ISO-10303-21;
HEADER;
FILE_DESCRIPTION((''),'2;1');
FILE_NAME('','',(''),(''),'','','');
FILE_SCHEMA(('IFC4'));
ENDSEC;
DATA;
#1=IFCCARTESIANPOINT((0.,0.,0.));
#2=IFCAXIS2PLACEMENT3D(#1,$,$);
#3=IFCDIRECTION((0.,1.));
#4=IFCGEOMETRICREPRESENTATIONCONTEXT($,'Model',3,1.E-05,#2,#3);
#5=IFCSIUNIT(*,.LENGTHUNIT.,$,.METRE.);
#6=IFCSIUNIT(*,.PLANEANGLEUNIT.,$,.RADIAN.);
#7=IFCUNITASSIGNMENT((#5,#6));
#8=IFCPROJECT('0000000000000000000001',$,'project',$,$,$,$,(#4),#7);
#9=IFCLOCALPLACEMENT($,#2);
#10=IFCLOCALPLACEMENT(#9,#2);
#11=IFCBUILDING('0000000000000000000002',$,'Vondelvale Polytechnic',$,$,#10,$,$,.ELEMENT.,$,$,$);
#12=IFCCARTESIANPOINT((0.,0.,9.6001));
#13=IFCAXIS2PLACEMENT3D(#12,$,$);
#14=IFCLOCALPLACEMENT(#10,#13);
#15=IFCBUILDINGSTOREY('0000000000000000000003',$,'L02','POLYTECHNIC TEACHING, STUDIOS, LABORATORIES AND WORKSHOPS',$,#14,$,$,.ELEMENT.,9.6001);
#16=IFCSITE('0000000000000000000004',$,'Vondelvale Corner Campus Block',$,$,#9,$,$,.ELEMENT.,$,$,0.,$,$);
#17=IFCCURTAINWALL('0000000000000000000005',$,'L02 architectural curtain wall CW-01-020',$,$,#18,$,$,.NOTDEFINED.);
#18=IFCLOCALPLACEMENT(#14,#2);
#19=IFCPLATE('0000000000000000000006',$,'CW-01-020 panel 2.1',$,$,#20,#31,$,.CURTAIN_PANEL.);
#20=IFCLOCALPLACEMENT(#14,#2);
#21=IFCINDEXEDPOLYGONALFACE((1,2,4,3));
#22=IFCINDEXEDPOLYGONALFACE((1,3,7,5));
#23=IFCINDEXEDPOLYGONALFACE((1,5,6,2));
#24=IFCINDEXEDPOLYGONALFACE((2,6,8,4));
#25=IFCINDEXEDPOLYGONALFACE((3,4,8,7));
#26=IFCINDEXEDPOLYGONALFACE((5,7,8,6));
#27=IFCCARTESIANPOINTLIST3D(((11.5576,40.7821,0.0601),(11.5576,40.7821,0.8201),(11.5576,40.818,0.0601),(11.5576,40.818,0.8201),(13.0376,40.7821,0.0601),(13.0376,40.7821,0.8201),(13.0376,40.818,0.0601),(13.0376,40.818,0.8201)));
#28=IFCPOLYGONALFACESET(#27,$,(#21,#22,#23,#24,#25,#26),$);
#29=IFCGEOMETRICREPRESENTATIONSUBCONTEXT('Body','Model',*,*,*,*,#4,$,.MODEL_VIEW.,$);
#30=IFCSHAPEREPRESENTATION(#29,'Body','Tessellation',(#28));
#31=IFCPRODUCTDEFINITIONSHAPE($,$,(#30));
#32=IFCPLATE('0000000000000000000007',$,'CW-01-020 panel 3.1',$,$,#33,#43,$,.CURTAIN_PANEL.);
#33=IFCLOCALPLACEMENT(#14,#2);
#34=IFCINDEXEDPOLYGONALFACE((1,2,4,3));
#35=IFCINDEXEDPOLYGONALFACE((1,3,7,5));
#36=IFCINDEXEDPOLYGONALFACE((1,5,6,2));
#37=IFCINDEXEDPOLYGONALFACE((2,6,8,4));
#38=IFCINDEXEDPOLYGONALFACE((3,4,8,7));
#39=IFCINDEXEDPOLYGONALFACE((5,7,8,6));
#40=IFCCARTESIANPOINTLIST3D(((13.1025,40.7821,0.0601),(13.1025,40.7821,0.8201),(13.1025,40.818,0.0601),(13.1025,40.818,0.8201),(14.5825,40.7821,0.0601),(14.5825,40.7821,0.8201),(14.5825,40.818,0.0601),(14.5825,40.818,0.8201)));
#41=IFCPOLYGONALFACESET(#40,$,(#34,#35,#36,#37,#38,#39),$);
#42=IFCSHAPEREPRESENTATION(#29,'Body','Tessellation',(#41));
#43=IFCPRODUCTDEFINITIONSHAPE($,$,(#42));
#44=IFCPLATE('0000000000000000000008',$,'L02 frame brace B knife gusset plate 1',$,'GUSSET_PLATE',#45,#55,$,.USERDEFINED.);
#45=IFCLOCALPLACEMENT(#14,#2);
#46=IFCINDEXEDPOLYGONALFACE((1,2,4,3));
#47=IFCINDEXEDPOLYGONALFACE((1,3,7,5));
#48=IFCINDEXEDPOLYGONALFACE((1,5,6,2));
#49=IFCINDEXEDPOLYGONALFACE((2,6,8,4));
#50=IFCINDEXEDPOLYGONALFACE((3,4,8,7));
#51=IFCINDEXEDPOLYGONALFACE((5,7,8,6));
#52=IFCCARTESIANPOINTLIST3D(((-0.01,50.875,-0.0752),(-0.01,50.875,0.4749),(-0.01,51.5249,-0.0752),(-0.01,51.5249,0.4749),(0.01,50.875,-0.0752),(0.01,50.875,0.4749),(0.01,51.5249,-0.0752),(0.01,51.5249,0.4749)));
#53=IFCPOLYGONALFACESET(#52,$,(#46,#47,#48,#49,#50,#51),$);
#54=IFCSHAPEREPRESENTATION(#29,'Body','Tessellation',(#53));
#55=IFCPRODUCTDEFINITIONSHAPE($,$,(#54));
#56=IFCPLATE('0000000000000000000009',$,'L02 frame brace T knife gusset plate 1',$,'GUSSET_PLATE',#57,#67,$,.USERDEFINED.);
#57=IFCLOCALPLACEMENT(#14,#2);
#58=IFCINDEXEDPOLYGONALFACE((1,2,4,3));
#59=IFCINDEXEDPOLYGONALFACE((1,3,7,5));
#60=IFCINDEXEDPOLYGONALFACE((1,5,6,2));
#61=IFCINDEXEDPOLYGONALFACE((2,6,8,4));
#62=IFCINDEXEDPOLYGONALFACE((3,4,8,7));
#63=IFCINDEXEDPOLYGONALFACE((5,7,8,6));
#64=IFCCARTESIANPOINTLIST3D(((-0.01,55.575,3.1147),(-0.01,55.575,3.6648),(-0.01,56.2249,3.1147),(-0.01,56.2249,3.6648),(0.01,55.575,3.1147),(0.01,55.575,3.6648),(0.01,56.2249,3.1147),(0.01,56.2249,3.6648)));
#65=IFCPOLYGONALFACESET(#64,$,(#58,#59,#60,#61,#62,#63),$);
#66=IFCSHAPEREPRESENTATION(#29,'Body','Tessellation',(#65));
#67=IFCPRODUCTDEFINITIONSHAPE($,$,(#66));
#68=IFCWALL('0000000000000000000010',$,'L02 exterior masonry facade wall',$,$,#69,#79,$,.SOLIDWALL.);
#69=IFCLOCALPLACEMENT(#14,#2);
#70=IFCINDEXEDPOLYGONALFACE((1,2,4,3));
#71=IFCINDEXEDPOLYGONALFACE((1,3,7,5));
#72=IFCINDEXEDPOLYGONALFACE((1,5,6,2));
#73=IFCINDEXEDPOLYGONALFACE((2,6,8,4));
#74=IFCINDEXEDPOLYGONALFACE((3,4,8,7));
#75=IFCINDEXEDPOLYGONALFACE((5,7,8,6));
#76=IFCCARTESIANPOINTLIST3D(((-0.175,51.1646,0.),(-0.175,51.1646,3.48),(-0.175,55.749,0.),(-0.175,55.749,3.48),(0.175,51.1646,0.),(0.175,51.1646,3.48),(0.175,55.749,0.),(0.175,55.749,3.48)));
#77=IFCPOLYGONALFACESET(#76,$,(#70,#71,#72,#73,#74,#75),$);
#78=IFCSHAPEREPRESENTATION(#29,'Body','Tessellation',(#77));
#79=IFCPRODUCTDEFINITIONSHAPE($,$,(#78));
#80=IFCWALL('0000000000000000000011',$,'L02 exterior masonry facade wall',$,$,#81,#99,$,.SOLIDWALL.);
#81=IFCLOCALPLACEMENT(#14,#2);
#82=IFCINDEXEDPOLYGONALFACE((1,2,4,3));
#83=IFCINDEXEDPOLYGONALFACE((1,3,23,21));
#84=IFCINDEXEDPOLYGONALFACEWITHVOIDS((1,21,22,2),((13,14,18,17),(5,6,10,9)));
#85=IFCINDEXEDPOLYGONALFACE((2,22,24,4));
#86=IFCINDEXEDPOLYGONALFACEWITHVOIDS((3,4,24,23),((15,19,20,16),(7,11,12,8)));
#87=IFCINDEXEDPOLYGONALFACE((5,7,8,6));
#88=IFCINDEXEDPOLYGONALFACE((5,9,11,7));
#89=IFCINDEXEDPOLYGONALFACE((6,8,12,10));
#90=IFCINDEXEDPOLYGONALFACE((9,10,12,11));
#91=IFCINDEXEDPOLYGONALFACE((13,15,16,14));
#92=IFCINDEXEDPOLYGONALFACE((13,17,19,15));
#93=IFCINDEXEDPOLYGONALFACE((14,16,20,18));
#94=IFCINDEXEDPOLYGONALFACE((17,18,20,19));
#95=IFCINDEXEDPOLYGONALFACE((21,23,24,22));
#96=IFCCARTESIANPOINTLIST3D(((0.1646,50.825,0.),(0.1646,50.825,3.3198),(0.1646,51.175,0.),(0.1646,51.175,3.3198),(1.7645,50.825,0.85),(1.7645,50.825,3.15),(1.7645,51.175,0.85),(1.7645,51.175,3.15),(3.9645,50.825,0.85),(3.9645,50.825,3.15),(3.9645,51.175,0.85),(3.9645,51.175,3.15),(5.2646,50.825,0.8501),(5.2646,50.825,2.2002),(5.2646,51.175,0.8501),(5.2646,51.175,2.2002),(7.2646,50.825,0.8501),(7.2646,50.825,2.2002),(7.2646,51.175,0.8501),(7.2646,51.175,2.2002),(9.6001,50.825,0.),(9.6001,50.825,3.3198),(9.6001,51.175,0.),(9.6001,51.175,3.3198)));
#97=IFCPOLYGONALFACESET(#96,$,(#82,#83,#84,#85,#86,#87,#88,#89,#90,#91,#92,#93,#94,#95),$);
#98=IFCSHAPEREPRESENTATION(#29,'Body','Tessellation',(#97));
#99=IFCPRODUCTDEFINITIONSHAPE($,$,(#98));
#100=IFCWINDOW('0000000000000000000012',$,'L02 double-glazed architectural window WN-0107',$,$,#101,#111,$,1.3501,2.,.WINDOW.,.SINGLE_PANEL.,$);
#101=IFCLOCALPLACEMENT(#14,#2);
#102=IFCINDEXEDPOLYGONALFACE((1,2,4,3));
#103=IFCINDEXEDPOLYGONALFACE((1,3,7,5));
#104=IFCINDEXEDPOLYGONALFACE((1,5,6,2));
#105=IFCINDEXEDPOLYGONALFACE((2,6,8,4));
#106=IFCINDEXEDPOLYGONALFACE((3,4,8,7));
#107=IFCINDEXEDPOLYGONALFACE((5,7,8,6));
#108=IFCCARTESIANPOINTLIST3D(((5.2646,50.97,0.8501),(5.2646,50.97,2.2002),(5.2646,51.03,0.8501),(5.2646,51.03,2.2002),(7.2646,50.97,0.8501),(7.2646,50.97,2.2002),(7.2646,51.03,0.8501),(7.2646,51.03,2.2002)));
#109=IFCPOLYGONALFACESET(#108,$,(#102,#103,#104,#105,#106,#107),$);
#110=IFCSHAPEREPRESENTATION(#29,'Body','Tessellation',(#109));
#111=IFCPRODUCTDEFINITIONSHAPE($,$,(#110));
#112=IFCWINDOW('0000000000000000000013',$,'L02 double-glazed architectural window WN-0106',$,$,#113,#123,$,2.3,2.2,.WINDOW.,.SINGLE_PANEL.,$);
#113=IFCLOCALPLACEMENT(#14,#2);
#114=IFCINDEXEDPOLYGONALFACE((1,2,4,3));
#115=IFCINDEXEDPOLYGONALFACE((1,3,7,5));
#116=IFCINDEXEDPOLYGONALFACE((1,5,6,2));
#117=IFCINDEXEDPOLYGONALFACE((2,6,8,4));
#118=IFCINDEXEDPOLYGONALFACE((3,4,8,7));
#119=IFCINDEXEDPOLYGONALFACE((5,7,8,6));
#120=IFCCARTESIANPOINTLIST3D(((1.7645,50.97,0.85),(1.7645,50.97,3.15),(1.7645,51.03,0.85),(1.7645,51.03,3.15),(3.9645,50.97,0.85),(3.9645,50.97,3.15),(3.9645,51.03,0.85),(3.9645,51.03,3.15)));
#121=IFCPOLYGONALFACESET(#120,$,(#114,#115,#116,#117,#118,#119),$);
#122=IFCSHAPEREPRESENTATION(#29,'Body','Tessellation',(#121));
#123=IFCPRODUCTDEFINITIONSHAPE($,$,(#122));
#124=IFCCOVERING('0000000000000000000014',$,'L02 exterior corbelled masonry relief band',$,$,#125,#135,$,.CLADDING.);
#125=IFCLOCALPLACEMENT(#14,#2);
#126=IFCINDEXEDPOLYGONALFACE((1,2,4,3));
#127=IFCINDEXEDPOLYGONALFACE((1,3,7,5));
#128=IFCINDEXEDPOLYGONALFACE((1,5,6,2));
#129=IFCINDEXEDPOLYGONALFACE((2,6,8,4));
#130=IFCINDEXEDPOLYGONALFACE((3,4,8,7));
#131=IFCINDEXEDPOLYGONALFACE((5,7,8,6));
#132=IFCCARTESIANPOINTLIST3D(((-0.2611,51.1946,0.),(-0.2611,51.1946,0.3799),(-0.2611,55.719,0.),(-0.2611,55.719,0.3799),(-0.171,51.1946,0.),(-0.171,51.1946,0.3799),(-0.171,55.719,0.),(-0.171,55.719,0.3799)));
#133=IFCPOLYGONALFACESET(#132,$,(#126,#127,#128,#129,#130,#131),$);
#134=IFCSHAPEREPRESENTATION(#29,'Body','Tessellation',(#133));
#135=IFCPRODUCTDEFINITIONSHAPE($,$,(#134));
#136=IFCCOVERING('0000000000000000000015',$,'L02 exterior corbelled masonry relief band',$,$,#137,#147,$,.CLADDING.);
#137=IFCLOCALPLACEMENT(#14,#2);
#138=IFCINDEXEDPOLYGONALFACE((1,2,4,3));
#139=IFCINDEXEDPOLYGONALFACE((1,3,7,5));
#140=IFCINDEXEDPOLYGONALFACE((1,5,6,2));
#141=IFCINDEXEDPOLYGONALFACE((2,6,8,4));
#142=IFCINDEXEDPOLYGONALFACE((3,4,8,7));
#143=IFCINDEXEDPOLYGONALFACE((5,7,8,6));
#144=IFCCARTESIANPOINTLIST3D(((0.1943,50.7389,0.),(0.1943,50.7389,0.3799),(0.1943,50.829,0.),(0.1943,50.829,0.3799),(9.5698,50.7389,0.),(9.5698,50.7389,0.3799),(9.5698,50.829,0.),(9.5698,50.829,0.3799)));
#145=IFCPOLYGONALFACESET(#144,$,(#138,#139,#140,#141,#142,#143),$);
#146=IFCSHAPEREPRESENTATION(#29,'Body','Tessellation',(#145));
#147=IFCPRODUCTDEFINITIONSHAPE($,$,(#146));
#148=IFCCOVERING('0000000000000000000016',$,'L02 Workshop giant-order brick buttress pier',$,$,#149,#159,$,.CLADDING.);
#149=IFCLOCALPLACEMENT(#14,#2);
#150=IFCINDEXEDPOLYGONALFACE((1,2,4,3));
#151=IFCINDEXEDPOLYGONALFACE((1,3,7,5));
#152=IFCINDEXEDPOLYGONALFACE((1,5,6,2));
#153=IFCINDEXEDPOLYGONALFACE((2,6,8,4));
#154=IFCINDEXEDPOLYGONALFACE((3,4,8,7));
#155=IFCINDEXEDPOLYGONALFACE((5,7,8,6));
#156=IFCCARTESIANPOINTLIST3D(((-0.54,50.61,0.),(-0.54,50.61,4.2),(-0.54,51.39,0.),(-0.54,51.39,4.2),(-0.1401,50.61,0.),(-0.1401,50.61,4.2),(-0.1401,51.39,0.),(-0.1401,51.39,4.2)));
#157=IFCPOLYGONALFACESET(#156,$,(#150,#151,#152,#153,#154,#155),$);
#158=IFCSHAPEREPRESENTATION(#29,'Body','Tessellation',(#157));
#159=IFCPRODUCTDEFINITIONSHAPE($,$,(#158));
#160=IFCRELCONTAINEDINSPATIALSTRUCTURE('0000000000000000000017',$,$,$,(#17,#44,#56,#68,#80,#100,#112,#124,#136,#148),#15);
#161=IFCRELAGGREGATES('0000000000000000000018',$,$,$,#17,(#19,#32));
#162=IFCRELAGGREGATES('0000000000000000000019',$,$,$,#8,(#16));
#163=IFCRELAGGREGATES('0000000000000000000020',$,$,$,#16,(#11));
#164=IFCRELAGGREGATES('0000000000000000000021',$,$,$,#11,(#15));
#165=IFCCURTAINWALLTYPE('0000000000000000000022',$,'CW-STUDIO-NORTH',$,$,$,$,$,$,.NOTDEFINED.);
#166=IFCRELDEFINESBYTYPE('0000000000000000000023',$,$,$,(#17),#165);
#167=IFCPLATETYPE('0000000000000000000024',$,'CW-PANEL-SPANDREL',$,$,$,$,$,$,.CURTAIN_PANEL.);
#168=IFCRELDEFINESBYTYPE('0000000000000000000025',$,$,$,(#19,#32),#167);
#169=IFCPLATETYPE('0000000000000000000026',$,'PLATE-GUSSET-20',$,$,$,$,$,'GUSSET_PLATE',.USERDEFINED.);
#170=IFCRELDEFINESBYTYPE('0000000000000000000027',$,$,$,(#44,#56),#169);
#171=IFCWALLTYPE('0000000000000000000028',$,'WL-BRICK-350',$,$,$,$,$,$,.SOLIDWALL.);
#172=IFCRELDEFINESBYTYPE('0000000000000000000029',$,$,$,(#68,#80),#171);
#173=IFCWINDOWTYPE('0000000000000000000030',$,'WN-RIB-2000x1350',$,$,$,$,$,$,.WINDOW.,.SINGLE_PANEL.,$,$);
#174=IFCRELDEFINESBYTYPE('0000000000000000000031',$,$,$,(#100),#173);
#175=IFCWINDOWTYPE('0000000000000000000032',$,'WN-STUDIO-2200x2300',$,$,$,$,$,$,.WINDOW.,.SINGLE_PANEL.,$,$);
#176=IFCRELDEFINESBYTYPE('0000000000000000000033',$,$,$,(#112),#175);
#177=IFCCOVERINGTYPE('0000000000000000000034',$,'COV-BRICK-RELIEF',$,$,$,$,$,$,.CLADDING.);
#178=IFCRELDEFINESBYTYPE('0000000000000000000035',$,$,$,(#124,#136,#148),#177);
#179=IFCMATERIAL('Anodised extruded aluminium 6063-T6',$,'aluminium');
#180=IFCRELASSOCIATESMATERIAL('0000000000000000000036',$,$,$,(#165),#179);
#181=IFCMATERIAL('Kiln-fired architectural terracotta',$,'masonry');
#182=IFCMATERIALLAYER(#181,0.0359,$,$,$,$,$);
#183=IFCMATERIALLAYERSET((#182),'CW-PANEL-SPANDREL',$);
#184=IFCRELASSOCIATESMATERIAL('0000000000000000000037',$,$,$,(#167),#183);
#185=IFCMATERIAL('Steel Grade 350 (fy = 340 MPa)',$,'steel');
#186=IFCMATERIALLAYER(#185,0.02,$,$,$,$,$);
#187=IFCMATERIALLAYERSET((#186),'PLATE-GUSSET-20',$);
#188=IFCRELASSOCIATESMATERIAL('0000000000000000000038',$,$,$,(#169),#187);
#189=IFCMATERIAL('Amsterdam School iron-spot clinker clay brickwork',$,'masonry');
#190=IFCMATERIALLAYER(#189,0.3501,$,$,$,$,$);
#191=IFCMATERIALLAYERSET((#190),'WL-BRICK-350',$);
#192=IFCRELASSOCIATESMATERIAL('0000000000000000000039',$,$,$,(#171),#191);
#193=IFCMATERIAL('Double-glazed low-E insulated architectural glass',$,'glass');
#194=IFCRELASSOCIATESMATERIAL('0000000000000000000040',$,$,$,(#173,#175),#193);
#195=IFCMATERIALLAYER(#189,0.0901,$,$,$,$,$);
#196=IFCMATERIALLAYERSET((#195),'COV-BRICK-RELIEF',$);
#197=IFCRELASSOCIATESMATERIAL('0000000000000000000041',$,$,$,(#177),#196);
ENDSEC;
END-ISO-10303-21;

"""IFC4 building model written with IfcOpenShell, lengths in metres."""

from ifc_helpers import new_model, si_unit, direction, frame, frame_2d, origin, origin_2d, place, context, subcontext, project, spatial, rectangle, extrude, material, layer, layer_set, type_object, element, fill, aggregate, save


model = new_model("IFC4")

# Units and contexts
model_context = context("Model", 3, precision=1e-05, world=origin(), true_north=direction((0.0, 1.0)))
body_context = subcontext(model_context, "Body", "Model", "MODEL_VIEW")
ifc_project = project(units=[si_unit("LENGTHUNIT", "METRE"), si_unit("PLANEANGLEUNIT", "RADIAN")], contexts=[model_context])

# Site, building, storey
site_placement = place(None, origin())
site = spatial("IfcSite", under=ifc_project, at=site_placement, Name="Vondelvale Corner Campus Block", CompositionType="ELEMENT", RefElevation=0.0)
building_placement = place(site_placement, origin())
building = spatial("IfcBuilding", under=site, at=building_placement, Name="Vondelvale Polytechnic", CompositionType="ELEMENT")
storey_placement = place(building_placement, frame((0.0, 0.0, 9.6001)))
storey = spatial("IfcBuildingStorey", under=building, at=storey_placement, Name="L02", Description="POLYTECHNIC TEACHING, STUDIOS, LABORATORIES AND WORKSHOPS", CompositionType="ELEMENT", Elevation=9.6001)

# Curtain wall
ifc_material_1 = material(Name="Anodised extruded aluminium 6063-T6", Category="aluminium")
curtain_wall_type = type_object("IfcCurtainWallType", Name="CW-STUDIO-NORTH", PredefinedType="NOTDEFINED", material=ifc_material_1)
curtain_wall_placement = place(storey_placement, origin())
curtain_wall = element("IfcCurtainWall", 1, at=curtain_wall_placement, inside=storey, type_object=curtain_wall_type, Name="L02 architectural curtain wall CW-01-020", PredefinedType="NOTDEFINED")

# Plates
ifc_material_2 = material(Name="Double-glazed low-E insulated architectural glass", Category="glass")
ifc_material_3 = material(Name="Kiln-fired architectural terracotta", Category="masonry")
ifc_layer_1 = layer(ifc_material_3, 0.0359)
ifc_layer_set_1 = layer_set([ifc_layer_1], Name="CW-PANEL-SPANDREL")
plate_type_1 = type_object("IfcPlateType", Name="CW-PANEL-SPANDREL", PredefinedType="CURTAIN_PANEL", material=ifc_layer_set_1)
plate_1_placement = place(storey_placement, frame((12.2976, 40.8, 0.0601), z_axis=(0.0, 0.0, 1.0), x_axis=(1.0, 0.0, 0.0)))
plate_1 = element("IfcPlate", 2, at=plate_1_placement, type_object=plate_type_1, Name="CW-01-020 panel 2.1", PredefinedType="CURTAIN_PANEL", context=body_context, shape_type="SweptSolid", body=[
    extrude(rectangle(XDim=1.48, YDim=0.0359, at=origin_2d()), origin(), (0.0, 0.0, 1.0), 0.76),
])
plate_2_placement = place(storey_placement, frame((13.8425, 40.8, 0.0601), z_axis=(0.0, 0.0, 1.0), x_axis=(1.0, 0.0, 0.0)))
plate_2 = element("IfcPlate", 3, at=plate_2_placement, type_object=plate_type_1, Name="CW-01-020 panel 3.1", PredefinedType="CURTAIN_PANEL", context=body_context, shape_type="SweptSolid", body=[
    extrude(rectangle(XDim=1.48, YDim=0.0359, at=origin_2d()), origin(), (0.0, 0.0, 1.0), 0.76),
])
aggregate(curtain_wall, [plate_1, plate_2])

# Plates
ifc_material_4 = material(Name="Steel Grade 350 (fy = 340 MPa)", Category="steel")
ifc_layer_2 = layer(ifc_material_4, 0.02)
ifc_layer_set_2 = layer_set([ifc_layer_2], Name="PLATE-GUSSET-20")
plate_type_2 = type_object("IfcPlateType", Name="PLATE-GUSSET-20", ElementType="GUSSET_PLATE", PredefinedType="USERDEFINED", material=ifc_layer_set_2)
for number, where, z_axis, x_axis, name in (
    (4, (0.0, 51.2, -0.0752), (0.0, 0.0, 1.0), (1.0, 0.0, 0.0), "L02 frame brace B knife gusset plate 1"),
    (5, (0.0, 55.8999, 3.1147), (0.0, 0.0, 1.0), (1.0, 0.0, 0.0), "L02 frame brace T knife gusset plate 1"),
):
    element("IfcPlate", number, at=place(storey_placement, frame(where, z_axis=z_axis, x_axis=x_axis)), inside=storey, type_object=plate_type_2, Name=name, ObjectType="GUSSET_PLATE", PredefinedType="USERDEFINED", context=body_context, shape_type="SweptSolid", body=[
        extrude(rectangle(XDim=0.02, YDim=0.6499, at=origin_2d()), origin(), (0.0, 0.0, 1.0), 0.55),
    ])

# Wall
ifc_material_5 = material(Name="Amsterdam School iron-spot clinker clay brickwork", Category="masonry")
ifc_layer_3 = layer(ifc_material_5, 0.3501)
ifc_layer_set_3 = layer_set([ifc_layer_3], Name="WL-BRICK-350")
wall_type = type_object("IfcWallType", Name="WL-BRICK-350", PredefinedType="SOLIDWALL", material=ifc_layer_set_3)
wall_1_placement = place(storey_placement, frame((0.0, 51.1646, 0.0), z_axis=(0.0, 0.0, 1.0), x_axis=(0.0, 1.0, 0.0)))
element("IfcWall", 6, at=wall_1_placement, inside=storey, type_object=wall_type, Name="L02 exterior masonry facade wall", PredefinedType="SOLIDWALL", context=body_context, shape_type="SweptSolid", body=[
    extrude(rectangle(XDim=4.5845, YDim=0.3501, at=frame_2d((2.2922, 0.0))), origin(), (0.0, 0.0, 1.0), 3.48),
])

# Wall, openings, windows
wall_2_placement = place(storey_placement, frame((9.6001, 51.0, 0.0), z_axis=(0.0, 0.0, 1.0), x_axis=(-1.0, 0.0, 0.0)))
wall_2 = element("IfcWall", 7, at=wall_2_placement, inside=storey, type_object=wall_type, Name="L02 exterior masonry facade wall", PredefinedType="SOLIDWALL", context=body_context, shape_type="SweptSolid", body=[
    extrude(rectangle(XDim=9.4355, YDim=0.3501, at=frame_2d((4.7178, 0.0))), origin(), (0.0, 0.0, 1.0), 3.3198),
])
opening_1_placement = place(wall_2_placement, frame((5.6355, 0.0, 0.8501)))
opening_1 = element("IfcOpeningElement", 8, at=opening_1_placement, cuts=wall_2, PredefinedType="OPENING", context=body_context, shape_type="SweptSolid", body=[
    extrude(rectangle(XDim=2.2, YDim=2.3, at=frame_2d((1.1001, 1.1499))), frame((0.0, 0.1851, 0.0), z_axis=(0.0, -1.0, 0.0), x_axis=(1.0, 0.0, 0.0)), (0.0, 0.0, 1.0), 0.3701),
])
opening_2_placement = place(wall_2_placement, frame((2.3354, 0.0, 0.8501)))
opening_2 = element("IfcOpeningElement", 9, at=opening_2_placement, cuts=wall_2, PredefinedType="OPENING", context=body_context, shape_type="SweptSolid", body=[
    extrude(rectangle(XDim=2.0, YDim=1.3501, at=frame_2d((1.0, 0.675))), frame((0.0, 0.1851, 0.0), z_axis=(0.0, -1.0, 0.0), x_axis=(1.0, 0.0, 0.0)), (0.0, 0.0, 1.0), 0.3701),
])
window_type_1 = type_object("IfcWindowType", Name="WN-RIB-2000x1350", PartitioningType="SINGLE_PANEL", PredefinedType="WINDOW", material=ifc_material_2)
window_1_placement = place(opening_2_placement, origin())
window_1 = element("IfcWindow", 10, at=window_1_placement, inside=storey, type_object=window_type_1, Name="L02 double-glazed architectural window WN-0107", OverallHeight=1.3501, OverallWidth=2.0, PartitioningType="SINGLE_PANEL", PredefinedType="WINDOW", context=body_context, shape_type="SweptSolid", body=[
    extrude(rectangle(XDim=2.0, YDim=1.3501, at=frame_2d((1.0, 0.675))), frame((0.0, 0.03, 0.0), z_axis=(0.0, -1.0, 0.0), x_axis=(1.0, 0.0, 0.0)), (0.0, 0.0, 1.0), 0.0601),
])
fill(opening_2, window_1)
window_type_2 = type_object("IfcWindowType", Name="WN-STUDIO-2200x2300", PartitioningType="SINGLE_PANEL", PredefinedType="WINDOW", material=ifc_material_2)
window_2_placement = place(opening_1_placement, origin())
window_2 = element("IfcWindow", 11, at=window_2_placement, inside=storey, type_object=window_type_2, Name="L02 double-glazed architectural window WN-0106", OverallHeight=2.3, OverallWidth=2.2, PartitioningType="SINGLE_PANEL", PredefinedType="WINDOW", context=body_context, shape_type="SweptSolid", body=[
    extrude(rectangle(XDim=2.2, YDim=2.3, at=frame_2d((1.1001, 1.1499))), frame((0.0, 0.03, 0.0), z_axis=(0.0, -1.0, 0.0), x_axis=(1.0, 0.0, 0.0)), (0.0, 0.0, 1.0), 0.0601),
])
fill(opening_1, window_2)

# Coverings
ifc_layer_4 = layer(ifc_material_5, 0.0901)
ifc_layer_set_4 = layer_set([ifc_layer_4], Name="COV-BRICK-RELIEF")
covering_type = type_object("IfcCoveringType", Name="COV-BRICK-RELIEF", PredefinedType="CLADDING", material=ifc_layer_set_4)
covering_1_placement = place(storey_placement, frame((-0.2161, 53.4568, 0.0), z_axis=(0.0, 0.0, 1.0), x_axis=(0.0, 1.0, 0.0)))
element("IfcCovering", 12, at=covering_1_placement, inside=storey, type_object=covering_type, Name="L02 exterior corbelled masonry relief band", PredefinedType="CLADDING", context=body_context, shape_type="SweptSolid", body=[
    extrude(rectangle(XDim=4.5244, YDim=0.0901, at=origin_2d()), origin(), (0.0, 0.0, 1.0), 0.3799),
])
covering_2_placement = place(storey_placement, frame((4.8821, 50.7839, 0.0), z_axis=(0.0, 0.0, 1.0), x_axis=(-1.0, 0.0, 0.0)))
element("IfcCovering", 13, at=covering_2_placement, inside=storey, type_object=covering_type, Name="L02 exterior corbelled masonry relief band", PredefinedType="CLADDING", context=body_context, shape_type="SweptSolid", body=[
    extrude(rectangle(XDim=9.3755, YDim=0.0901, at=origin_2d()), origin(), (0.0, 0.0, 1.0), 0.3799),
])
covering_3_placement = place(storey_placement, frame((-0.3401, 51.0, 0.0), z_axis=(0.0, 0.0, 1.0), x_axis=(1.0, 0.0, 0.0)))
element("IfcCovering", 14, at=covering_3_placement, inside=storey, type_object=covering_type, Name="L02 Workshop giant-order brick buttress pier", PredefinedType="CLADDING", context=body_context, shape_type="SweptSolid", body=[
    extrude(rectangle(XDim=0.3999, YDim=0.78, at=origin_2d()), origin(), (0.0, 0.0, 1.0), 4.2),
])

save(model, "model.ifc")
